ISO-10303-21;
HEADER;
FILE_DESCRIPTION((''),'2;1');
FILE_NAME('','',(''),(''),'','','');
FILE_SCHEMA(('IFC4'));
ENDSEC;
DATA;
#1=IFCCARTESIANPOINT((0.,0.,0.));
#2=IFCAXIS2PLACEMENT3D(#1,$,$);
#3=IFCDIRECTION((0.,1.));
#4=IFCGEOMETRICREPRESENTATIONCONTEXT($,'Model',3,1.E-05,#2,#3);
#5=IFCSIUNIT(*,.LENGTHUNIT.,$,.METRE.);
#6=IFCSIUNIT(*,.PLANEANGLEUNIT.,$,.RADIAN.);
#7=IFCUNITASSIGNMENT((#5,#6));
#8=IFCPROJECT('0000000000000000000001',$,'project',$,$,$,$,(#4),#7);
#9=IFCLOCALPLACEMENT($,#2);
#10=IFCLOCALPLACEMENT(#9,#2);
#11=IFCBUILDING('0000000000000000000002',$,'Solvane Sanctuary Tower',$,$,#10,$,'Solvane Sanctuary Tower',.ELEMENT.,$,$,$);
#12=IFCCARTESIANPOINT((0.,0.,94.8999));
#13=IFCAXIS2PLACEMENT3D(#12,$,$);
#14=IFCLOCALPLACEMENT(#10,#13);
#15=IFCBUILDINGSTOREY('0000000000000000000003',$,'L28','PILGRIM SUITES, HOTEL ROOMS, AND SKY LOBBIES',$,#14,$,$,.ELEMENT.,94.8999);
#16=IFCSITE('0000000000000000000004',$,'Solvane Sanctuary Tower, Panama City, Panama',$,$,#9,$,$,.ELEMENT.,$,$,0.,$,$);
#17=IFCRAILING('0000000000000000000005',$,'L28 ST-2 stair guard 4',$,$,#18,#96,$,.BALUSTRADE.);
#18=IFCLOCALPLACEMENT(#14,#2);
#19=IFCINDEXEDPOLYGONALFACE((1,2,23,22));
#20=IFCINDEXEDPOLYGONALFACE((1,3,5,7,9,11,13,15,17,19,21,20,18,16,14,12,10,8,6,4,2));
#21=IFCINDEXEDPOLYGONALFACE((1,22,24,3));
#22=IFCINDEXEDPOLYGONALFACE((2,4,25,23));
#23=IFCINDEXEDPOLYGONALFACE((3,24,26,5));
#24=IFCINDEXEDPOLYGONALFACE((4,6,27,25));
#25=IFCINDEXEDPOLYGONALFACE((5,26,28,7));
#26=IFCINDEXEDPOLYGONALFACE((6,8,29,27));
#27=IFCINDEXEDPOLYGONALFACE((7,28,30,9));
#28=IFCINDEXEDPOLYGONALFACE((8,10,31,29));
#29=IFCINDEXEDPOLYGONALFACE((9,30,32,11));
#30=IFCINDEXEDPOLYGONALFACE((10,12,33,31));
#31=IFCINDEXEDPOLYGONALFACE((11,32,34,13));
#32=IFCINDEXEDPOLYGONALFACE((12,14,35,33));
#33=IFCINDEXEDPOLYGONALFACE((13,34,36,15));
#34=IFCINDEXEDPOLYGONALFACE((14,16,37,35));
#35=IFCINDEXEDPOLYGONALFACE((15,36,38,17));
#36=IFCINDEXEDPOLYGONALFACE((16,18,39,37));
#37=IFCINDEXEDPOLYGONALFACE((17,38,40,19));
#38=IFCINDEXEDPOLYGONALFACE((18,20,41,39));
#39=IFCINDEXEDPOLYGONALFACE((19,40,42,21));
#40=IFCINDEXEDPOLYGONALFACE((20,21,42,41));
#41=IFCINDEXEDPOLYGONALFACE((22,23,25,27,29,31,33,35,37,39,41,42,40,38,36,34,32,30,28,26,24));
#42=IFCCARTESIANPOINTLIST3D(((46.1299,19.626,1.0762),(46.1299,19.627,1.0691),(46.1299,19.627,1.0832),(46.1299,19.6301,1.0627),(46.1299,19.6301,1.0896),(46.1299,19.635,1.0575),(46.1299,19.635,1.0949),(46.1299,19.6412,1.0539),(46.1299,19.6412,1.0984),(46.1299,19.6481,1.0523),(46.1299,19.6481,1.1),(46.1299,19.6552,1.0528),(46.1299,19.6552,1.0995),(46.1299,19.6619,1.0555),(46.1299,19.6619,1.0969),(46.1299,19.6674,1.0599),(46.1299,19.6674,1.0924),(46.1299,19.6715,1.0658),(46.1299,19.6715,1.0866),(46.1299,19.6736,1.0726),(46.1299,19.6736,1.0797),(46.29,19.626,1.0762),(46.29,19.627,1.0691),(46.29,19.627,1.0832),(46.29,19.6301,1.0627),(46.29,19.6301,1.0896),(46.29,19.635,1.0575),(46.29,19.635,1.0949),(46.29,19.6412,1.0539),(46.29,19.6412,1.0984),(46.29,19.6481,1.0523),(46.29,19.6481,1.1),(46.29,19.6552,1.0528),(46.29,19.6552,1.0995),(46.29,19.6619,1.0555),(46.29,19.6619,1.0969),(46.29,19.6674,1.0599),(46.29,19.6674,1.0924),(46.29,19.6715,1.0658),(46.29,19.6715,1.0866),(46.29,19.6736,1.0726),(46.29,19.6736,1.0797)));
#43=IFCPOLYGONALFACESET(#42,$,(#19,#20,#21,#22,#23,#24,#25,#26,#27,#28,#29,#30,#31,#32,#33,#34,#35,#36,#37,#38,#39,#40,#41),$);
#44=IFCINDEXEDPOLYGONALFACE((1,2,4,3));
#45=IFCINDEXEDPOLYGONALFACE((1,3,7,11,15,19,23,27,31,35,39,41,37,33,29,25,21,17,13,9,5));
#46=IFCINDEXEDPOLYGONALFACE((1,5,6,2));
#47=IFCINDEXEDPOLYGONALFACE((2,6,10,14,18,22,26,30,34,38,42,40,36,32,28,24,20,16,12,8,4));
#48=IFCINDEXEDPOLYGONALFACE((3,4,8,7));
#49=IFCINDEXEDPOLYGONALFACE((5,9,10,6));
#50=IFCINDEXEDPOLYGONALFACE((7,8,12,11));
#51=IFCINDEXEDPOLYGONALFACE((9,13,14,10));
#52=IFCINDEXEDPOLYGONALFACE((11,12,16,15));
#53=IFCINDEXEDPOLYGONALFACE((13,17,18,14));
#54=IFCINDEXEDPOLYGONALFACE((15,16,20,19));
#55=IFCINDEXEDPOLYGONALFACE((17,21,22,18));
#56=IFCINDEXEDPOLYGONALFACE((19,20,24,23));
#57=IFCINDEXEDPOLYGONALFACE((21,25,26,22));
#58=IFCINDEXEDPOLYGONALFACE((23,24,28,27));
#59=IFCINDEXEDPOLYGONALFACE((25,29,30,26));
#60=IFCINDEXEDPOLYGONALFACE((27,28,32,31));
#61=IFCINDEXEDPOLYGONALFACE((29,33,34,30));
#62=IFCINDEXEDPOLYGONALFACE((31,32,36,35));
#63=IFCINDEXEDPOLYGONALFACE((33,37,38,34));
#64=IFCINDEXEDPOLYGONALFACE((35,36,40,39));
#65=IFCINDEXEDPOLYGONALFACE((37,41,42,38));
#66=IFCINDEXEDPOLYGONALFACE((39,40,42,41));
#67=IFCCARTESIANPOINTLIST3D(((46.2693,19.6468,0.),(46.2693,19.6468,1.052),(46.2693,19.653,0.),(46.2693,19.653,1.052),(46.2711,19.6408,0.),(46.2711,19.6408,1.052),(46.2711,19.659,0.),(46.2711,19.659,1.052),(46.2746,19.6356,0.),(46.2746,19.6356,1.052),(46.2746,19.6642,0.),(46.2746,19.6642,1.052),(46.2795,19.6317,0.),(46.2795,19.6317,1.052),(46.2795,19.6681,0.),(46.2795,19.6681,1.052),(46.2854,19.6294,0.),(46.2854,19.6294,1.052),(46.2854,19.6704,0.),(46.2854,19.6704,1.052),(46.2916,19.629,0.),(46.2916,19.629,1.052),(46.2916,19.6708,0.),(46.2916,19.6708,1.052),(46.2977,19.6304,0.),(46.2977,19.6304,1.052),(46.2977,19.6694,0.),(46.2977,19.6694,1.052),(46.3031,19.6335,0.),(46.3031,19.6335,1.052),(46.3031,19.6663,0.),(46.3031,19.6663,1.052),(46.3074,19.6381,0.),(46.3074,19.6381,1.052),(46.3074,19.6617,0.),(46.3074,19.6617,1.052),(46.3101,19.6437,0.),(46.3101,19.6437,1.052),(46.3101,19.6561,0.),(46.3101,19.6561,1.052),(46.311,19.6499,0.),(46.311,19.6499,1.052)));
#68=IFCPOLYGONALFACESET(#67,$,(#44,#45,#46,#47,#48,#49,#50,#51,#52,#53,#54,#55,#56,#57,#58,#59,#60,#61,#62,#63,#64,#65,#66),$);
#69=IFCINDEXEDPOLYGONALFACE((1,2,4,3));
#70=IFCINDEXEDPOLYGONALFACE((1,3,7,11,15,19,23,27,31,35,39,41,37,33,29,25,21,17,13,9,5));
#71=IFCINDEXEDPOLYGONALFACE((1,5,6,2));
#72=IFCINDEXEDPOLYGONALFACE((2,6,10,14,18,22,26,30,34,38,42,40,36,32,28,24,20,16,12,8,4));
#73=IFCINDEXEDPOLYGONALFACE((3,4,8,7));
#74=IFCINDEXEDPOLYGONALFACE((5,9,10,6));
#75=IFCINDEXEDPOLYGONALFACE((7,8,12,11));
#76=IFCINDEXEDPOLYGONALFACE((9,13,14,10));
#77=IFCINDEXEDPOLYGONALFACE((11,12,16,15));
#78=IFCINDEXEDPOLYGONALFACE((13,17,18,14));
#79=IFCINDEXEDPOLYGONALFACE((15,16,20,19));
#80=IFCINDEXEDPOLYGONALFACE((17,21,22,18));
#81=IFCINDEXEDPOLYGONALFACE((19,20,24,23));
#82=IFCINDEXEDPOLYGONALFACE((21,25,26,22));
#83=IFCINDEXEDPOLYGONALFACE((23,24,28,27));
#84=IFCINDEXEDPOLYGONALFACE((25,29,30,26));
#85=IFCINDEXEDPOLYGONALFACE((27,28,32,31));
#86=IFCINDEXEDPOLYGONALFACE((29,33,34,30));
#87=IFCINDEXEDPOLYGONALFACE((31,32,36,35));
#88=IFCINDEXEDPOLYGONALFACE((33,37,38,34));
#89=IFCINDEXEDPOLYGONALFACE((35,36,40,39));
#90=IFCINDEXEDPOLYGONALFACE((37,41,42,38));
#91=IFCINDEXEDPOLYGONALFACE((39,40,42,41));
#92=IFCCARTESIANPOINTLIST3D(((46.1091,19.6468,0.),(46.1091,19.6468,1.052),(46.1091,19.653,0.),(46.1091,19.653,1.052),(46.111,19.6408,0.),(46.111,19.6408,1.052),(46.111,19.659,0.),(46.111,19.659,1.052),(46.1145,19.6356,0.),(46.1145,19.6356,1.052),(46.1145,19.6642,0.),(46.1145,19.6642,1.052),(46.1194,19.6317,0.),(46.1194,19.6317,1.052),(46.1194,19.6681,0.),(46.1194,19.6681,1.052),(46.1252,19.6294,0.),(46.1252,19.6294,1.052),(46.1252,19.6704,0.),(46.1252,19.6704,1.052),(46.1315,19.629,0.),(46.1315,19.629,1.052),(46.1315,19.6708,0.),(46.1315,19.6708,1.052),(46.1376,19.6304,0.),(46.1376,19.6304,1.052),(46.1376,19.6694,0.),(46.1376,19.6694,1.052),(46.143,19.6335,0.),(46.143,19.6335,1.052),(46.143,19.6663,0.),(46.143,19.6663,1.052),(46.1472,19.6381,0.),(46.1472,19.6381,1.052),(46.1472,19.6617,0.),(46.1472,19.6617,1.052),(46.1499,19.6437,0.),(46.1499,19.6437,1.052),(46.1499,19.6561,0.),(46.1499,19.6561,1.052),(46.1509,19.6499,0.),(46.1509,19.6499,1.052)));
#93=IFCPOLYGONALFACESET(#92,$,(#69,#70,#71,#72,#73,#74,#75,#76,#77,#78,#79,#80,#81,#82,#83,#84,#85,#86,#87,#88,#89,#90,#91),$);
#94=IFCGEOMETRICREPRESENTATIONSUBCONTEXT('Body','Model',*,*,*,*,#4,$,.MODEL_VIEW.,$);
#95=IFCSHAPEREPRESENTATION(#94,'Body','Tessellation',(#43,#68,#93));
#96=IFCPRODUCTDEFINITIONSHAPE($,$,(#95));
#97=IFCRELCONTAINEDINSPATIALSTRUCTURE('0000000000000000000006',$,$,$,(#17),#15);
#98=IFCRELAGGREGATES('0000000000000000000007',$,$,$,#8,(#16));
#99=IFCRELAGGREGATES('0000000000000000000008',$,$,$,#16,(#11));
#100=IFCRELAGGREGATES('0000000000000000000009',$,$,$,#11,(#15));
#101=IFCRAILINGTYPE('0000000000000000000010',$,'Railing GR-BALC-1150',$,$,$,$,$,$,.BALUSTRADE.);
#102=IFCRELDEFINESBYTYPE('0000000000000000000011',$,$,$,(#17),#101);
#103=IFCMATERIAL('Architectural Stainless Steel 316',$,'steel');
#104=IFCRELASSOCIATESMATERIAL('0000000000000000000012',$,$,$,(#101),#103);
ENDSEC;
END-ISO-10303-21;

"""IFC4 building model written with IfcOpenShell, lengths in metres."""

from ifc_helpers import new_model, si_unit, direction, frame, origin, origin_2d, place, context, subcontext, project, spatial, circle, extrude, material, type_object, element, save


model = new_model("IFC4")

# Units and contexts
model_context = context("Model", 3, precision=1e-05, world=origin(), true_north=direction((0.0, 1.0)))
body_context = subcontext(model_context, "Body", "Model", "MODEL_VIEW")
ifc_project = project(units=[si_unit("LENGTHUNIT", "METRE"), si_unit("PLANEANGLEUNIT", "RADIAN")], contexts=[model_context])

# Site, building, storey
site_placement = place(None, origin())
site = spatial("IfcSite", under=ifc_project, at=site_placement, Name="Solvane Sanctuary Tower, Panama City, Panama", CompositionType="ELEMENT", RefElevation=0.0)
building_placement = place(site_placement, origin())
building = spatial("IfcBuilding", under=site, at=building_placement, Name="Solvane Sanctuary Tower", LongName="Solvane Sanctuary Tower", CompositionType="ELEMENT")
storey_placement = place(building_placement, frame((0.0, 0.0, 94.8999)))
storey = spatial("IfcBuildingStorey", under=building, at=storey_placement, Name="L28", Description="PILGRIM SUITES, HOTEL ROOMS, AND SKY LOBBIES", CompositionType="ELEMENT", Elevation=94.8999)

# Shared definitions
ifc_material_1 = material(Name="Architectural Stainless Steel 316", Category="steel")

# Railing
railing_type_1 = type_object("IfcRailingType", Name="Railing GR-BALC-1150", PredefinedType="BALUSTRADE", material=ifc_material_1)
railing_1_placement = place(storey_placement, frame((46.29, 19.6499, 0.0)))
element("IfcRailing", 1, at=railing_1_placement, inside=storey, type_object=railing_type_1, Name="L28 ST-2 stair guard 4", PredefinedType="BALUSTRADE", context=body_context, shape_type="SweptSolid", body=[
    extrude(circle(Radius=0.0239, at=origin_2d()), frame((0.0, 0.0, 1.0762), z_axis=(-1.0, 0.0, 0.0), x_axis=(0.0, -1.0, 0.0)), (0.0, 0.0, 1.0), 0.1602),
    extrude(circle(Radius=0.021, at=origin_2d()), origin(), (0.0, 0.0, 1.0), 1.052),
    extrude(circle(Radius=0.021, at=origin_2d()), frame((-0.1602, 0.0, 0.0)), (0.0, 0.0, 1.0), 1.052),
])

save(model, "model.ifc")
